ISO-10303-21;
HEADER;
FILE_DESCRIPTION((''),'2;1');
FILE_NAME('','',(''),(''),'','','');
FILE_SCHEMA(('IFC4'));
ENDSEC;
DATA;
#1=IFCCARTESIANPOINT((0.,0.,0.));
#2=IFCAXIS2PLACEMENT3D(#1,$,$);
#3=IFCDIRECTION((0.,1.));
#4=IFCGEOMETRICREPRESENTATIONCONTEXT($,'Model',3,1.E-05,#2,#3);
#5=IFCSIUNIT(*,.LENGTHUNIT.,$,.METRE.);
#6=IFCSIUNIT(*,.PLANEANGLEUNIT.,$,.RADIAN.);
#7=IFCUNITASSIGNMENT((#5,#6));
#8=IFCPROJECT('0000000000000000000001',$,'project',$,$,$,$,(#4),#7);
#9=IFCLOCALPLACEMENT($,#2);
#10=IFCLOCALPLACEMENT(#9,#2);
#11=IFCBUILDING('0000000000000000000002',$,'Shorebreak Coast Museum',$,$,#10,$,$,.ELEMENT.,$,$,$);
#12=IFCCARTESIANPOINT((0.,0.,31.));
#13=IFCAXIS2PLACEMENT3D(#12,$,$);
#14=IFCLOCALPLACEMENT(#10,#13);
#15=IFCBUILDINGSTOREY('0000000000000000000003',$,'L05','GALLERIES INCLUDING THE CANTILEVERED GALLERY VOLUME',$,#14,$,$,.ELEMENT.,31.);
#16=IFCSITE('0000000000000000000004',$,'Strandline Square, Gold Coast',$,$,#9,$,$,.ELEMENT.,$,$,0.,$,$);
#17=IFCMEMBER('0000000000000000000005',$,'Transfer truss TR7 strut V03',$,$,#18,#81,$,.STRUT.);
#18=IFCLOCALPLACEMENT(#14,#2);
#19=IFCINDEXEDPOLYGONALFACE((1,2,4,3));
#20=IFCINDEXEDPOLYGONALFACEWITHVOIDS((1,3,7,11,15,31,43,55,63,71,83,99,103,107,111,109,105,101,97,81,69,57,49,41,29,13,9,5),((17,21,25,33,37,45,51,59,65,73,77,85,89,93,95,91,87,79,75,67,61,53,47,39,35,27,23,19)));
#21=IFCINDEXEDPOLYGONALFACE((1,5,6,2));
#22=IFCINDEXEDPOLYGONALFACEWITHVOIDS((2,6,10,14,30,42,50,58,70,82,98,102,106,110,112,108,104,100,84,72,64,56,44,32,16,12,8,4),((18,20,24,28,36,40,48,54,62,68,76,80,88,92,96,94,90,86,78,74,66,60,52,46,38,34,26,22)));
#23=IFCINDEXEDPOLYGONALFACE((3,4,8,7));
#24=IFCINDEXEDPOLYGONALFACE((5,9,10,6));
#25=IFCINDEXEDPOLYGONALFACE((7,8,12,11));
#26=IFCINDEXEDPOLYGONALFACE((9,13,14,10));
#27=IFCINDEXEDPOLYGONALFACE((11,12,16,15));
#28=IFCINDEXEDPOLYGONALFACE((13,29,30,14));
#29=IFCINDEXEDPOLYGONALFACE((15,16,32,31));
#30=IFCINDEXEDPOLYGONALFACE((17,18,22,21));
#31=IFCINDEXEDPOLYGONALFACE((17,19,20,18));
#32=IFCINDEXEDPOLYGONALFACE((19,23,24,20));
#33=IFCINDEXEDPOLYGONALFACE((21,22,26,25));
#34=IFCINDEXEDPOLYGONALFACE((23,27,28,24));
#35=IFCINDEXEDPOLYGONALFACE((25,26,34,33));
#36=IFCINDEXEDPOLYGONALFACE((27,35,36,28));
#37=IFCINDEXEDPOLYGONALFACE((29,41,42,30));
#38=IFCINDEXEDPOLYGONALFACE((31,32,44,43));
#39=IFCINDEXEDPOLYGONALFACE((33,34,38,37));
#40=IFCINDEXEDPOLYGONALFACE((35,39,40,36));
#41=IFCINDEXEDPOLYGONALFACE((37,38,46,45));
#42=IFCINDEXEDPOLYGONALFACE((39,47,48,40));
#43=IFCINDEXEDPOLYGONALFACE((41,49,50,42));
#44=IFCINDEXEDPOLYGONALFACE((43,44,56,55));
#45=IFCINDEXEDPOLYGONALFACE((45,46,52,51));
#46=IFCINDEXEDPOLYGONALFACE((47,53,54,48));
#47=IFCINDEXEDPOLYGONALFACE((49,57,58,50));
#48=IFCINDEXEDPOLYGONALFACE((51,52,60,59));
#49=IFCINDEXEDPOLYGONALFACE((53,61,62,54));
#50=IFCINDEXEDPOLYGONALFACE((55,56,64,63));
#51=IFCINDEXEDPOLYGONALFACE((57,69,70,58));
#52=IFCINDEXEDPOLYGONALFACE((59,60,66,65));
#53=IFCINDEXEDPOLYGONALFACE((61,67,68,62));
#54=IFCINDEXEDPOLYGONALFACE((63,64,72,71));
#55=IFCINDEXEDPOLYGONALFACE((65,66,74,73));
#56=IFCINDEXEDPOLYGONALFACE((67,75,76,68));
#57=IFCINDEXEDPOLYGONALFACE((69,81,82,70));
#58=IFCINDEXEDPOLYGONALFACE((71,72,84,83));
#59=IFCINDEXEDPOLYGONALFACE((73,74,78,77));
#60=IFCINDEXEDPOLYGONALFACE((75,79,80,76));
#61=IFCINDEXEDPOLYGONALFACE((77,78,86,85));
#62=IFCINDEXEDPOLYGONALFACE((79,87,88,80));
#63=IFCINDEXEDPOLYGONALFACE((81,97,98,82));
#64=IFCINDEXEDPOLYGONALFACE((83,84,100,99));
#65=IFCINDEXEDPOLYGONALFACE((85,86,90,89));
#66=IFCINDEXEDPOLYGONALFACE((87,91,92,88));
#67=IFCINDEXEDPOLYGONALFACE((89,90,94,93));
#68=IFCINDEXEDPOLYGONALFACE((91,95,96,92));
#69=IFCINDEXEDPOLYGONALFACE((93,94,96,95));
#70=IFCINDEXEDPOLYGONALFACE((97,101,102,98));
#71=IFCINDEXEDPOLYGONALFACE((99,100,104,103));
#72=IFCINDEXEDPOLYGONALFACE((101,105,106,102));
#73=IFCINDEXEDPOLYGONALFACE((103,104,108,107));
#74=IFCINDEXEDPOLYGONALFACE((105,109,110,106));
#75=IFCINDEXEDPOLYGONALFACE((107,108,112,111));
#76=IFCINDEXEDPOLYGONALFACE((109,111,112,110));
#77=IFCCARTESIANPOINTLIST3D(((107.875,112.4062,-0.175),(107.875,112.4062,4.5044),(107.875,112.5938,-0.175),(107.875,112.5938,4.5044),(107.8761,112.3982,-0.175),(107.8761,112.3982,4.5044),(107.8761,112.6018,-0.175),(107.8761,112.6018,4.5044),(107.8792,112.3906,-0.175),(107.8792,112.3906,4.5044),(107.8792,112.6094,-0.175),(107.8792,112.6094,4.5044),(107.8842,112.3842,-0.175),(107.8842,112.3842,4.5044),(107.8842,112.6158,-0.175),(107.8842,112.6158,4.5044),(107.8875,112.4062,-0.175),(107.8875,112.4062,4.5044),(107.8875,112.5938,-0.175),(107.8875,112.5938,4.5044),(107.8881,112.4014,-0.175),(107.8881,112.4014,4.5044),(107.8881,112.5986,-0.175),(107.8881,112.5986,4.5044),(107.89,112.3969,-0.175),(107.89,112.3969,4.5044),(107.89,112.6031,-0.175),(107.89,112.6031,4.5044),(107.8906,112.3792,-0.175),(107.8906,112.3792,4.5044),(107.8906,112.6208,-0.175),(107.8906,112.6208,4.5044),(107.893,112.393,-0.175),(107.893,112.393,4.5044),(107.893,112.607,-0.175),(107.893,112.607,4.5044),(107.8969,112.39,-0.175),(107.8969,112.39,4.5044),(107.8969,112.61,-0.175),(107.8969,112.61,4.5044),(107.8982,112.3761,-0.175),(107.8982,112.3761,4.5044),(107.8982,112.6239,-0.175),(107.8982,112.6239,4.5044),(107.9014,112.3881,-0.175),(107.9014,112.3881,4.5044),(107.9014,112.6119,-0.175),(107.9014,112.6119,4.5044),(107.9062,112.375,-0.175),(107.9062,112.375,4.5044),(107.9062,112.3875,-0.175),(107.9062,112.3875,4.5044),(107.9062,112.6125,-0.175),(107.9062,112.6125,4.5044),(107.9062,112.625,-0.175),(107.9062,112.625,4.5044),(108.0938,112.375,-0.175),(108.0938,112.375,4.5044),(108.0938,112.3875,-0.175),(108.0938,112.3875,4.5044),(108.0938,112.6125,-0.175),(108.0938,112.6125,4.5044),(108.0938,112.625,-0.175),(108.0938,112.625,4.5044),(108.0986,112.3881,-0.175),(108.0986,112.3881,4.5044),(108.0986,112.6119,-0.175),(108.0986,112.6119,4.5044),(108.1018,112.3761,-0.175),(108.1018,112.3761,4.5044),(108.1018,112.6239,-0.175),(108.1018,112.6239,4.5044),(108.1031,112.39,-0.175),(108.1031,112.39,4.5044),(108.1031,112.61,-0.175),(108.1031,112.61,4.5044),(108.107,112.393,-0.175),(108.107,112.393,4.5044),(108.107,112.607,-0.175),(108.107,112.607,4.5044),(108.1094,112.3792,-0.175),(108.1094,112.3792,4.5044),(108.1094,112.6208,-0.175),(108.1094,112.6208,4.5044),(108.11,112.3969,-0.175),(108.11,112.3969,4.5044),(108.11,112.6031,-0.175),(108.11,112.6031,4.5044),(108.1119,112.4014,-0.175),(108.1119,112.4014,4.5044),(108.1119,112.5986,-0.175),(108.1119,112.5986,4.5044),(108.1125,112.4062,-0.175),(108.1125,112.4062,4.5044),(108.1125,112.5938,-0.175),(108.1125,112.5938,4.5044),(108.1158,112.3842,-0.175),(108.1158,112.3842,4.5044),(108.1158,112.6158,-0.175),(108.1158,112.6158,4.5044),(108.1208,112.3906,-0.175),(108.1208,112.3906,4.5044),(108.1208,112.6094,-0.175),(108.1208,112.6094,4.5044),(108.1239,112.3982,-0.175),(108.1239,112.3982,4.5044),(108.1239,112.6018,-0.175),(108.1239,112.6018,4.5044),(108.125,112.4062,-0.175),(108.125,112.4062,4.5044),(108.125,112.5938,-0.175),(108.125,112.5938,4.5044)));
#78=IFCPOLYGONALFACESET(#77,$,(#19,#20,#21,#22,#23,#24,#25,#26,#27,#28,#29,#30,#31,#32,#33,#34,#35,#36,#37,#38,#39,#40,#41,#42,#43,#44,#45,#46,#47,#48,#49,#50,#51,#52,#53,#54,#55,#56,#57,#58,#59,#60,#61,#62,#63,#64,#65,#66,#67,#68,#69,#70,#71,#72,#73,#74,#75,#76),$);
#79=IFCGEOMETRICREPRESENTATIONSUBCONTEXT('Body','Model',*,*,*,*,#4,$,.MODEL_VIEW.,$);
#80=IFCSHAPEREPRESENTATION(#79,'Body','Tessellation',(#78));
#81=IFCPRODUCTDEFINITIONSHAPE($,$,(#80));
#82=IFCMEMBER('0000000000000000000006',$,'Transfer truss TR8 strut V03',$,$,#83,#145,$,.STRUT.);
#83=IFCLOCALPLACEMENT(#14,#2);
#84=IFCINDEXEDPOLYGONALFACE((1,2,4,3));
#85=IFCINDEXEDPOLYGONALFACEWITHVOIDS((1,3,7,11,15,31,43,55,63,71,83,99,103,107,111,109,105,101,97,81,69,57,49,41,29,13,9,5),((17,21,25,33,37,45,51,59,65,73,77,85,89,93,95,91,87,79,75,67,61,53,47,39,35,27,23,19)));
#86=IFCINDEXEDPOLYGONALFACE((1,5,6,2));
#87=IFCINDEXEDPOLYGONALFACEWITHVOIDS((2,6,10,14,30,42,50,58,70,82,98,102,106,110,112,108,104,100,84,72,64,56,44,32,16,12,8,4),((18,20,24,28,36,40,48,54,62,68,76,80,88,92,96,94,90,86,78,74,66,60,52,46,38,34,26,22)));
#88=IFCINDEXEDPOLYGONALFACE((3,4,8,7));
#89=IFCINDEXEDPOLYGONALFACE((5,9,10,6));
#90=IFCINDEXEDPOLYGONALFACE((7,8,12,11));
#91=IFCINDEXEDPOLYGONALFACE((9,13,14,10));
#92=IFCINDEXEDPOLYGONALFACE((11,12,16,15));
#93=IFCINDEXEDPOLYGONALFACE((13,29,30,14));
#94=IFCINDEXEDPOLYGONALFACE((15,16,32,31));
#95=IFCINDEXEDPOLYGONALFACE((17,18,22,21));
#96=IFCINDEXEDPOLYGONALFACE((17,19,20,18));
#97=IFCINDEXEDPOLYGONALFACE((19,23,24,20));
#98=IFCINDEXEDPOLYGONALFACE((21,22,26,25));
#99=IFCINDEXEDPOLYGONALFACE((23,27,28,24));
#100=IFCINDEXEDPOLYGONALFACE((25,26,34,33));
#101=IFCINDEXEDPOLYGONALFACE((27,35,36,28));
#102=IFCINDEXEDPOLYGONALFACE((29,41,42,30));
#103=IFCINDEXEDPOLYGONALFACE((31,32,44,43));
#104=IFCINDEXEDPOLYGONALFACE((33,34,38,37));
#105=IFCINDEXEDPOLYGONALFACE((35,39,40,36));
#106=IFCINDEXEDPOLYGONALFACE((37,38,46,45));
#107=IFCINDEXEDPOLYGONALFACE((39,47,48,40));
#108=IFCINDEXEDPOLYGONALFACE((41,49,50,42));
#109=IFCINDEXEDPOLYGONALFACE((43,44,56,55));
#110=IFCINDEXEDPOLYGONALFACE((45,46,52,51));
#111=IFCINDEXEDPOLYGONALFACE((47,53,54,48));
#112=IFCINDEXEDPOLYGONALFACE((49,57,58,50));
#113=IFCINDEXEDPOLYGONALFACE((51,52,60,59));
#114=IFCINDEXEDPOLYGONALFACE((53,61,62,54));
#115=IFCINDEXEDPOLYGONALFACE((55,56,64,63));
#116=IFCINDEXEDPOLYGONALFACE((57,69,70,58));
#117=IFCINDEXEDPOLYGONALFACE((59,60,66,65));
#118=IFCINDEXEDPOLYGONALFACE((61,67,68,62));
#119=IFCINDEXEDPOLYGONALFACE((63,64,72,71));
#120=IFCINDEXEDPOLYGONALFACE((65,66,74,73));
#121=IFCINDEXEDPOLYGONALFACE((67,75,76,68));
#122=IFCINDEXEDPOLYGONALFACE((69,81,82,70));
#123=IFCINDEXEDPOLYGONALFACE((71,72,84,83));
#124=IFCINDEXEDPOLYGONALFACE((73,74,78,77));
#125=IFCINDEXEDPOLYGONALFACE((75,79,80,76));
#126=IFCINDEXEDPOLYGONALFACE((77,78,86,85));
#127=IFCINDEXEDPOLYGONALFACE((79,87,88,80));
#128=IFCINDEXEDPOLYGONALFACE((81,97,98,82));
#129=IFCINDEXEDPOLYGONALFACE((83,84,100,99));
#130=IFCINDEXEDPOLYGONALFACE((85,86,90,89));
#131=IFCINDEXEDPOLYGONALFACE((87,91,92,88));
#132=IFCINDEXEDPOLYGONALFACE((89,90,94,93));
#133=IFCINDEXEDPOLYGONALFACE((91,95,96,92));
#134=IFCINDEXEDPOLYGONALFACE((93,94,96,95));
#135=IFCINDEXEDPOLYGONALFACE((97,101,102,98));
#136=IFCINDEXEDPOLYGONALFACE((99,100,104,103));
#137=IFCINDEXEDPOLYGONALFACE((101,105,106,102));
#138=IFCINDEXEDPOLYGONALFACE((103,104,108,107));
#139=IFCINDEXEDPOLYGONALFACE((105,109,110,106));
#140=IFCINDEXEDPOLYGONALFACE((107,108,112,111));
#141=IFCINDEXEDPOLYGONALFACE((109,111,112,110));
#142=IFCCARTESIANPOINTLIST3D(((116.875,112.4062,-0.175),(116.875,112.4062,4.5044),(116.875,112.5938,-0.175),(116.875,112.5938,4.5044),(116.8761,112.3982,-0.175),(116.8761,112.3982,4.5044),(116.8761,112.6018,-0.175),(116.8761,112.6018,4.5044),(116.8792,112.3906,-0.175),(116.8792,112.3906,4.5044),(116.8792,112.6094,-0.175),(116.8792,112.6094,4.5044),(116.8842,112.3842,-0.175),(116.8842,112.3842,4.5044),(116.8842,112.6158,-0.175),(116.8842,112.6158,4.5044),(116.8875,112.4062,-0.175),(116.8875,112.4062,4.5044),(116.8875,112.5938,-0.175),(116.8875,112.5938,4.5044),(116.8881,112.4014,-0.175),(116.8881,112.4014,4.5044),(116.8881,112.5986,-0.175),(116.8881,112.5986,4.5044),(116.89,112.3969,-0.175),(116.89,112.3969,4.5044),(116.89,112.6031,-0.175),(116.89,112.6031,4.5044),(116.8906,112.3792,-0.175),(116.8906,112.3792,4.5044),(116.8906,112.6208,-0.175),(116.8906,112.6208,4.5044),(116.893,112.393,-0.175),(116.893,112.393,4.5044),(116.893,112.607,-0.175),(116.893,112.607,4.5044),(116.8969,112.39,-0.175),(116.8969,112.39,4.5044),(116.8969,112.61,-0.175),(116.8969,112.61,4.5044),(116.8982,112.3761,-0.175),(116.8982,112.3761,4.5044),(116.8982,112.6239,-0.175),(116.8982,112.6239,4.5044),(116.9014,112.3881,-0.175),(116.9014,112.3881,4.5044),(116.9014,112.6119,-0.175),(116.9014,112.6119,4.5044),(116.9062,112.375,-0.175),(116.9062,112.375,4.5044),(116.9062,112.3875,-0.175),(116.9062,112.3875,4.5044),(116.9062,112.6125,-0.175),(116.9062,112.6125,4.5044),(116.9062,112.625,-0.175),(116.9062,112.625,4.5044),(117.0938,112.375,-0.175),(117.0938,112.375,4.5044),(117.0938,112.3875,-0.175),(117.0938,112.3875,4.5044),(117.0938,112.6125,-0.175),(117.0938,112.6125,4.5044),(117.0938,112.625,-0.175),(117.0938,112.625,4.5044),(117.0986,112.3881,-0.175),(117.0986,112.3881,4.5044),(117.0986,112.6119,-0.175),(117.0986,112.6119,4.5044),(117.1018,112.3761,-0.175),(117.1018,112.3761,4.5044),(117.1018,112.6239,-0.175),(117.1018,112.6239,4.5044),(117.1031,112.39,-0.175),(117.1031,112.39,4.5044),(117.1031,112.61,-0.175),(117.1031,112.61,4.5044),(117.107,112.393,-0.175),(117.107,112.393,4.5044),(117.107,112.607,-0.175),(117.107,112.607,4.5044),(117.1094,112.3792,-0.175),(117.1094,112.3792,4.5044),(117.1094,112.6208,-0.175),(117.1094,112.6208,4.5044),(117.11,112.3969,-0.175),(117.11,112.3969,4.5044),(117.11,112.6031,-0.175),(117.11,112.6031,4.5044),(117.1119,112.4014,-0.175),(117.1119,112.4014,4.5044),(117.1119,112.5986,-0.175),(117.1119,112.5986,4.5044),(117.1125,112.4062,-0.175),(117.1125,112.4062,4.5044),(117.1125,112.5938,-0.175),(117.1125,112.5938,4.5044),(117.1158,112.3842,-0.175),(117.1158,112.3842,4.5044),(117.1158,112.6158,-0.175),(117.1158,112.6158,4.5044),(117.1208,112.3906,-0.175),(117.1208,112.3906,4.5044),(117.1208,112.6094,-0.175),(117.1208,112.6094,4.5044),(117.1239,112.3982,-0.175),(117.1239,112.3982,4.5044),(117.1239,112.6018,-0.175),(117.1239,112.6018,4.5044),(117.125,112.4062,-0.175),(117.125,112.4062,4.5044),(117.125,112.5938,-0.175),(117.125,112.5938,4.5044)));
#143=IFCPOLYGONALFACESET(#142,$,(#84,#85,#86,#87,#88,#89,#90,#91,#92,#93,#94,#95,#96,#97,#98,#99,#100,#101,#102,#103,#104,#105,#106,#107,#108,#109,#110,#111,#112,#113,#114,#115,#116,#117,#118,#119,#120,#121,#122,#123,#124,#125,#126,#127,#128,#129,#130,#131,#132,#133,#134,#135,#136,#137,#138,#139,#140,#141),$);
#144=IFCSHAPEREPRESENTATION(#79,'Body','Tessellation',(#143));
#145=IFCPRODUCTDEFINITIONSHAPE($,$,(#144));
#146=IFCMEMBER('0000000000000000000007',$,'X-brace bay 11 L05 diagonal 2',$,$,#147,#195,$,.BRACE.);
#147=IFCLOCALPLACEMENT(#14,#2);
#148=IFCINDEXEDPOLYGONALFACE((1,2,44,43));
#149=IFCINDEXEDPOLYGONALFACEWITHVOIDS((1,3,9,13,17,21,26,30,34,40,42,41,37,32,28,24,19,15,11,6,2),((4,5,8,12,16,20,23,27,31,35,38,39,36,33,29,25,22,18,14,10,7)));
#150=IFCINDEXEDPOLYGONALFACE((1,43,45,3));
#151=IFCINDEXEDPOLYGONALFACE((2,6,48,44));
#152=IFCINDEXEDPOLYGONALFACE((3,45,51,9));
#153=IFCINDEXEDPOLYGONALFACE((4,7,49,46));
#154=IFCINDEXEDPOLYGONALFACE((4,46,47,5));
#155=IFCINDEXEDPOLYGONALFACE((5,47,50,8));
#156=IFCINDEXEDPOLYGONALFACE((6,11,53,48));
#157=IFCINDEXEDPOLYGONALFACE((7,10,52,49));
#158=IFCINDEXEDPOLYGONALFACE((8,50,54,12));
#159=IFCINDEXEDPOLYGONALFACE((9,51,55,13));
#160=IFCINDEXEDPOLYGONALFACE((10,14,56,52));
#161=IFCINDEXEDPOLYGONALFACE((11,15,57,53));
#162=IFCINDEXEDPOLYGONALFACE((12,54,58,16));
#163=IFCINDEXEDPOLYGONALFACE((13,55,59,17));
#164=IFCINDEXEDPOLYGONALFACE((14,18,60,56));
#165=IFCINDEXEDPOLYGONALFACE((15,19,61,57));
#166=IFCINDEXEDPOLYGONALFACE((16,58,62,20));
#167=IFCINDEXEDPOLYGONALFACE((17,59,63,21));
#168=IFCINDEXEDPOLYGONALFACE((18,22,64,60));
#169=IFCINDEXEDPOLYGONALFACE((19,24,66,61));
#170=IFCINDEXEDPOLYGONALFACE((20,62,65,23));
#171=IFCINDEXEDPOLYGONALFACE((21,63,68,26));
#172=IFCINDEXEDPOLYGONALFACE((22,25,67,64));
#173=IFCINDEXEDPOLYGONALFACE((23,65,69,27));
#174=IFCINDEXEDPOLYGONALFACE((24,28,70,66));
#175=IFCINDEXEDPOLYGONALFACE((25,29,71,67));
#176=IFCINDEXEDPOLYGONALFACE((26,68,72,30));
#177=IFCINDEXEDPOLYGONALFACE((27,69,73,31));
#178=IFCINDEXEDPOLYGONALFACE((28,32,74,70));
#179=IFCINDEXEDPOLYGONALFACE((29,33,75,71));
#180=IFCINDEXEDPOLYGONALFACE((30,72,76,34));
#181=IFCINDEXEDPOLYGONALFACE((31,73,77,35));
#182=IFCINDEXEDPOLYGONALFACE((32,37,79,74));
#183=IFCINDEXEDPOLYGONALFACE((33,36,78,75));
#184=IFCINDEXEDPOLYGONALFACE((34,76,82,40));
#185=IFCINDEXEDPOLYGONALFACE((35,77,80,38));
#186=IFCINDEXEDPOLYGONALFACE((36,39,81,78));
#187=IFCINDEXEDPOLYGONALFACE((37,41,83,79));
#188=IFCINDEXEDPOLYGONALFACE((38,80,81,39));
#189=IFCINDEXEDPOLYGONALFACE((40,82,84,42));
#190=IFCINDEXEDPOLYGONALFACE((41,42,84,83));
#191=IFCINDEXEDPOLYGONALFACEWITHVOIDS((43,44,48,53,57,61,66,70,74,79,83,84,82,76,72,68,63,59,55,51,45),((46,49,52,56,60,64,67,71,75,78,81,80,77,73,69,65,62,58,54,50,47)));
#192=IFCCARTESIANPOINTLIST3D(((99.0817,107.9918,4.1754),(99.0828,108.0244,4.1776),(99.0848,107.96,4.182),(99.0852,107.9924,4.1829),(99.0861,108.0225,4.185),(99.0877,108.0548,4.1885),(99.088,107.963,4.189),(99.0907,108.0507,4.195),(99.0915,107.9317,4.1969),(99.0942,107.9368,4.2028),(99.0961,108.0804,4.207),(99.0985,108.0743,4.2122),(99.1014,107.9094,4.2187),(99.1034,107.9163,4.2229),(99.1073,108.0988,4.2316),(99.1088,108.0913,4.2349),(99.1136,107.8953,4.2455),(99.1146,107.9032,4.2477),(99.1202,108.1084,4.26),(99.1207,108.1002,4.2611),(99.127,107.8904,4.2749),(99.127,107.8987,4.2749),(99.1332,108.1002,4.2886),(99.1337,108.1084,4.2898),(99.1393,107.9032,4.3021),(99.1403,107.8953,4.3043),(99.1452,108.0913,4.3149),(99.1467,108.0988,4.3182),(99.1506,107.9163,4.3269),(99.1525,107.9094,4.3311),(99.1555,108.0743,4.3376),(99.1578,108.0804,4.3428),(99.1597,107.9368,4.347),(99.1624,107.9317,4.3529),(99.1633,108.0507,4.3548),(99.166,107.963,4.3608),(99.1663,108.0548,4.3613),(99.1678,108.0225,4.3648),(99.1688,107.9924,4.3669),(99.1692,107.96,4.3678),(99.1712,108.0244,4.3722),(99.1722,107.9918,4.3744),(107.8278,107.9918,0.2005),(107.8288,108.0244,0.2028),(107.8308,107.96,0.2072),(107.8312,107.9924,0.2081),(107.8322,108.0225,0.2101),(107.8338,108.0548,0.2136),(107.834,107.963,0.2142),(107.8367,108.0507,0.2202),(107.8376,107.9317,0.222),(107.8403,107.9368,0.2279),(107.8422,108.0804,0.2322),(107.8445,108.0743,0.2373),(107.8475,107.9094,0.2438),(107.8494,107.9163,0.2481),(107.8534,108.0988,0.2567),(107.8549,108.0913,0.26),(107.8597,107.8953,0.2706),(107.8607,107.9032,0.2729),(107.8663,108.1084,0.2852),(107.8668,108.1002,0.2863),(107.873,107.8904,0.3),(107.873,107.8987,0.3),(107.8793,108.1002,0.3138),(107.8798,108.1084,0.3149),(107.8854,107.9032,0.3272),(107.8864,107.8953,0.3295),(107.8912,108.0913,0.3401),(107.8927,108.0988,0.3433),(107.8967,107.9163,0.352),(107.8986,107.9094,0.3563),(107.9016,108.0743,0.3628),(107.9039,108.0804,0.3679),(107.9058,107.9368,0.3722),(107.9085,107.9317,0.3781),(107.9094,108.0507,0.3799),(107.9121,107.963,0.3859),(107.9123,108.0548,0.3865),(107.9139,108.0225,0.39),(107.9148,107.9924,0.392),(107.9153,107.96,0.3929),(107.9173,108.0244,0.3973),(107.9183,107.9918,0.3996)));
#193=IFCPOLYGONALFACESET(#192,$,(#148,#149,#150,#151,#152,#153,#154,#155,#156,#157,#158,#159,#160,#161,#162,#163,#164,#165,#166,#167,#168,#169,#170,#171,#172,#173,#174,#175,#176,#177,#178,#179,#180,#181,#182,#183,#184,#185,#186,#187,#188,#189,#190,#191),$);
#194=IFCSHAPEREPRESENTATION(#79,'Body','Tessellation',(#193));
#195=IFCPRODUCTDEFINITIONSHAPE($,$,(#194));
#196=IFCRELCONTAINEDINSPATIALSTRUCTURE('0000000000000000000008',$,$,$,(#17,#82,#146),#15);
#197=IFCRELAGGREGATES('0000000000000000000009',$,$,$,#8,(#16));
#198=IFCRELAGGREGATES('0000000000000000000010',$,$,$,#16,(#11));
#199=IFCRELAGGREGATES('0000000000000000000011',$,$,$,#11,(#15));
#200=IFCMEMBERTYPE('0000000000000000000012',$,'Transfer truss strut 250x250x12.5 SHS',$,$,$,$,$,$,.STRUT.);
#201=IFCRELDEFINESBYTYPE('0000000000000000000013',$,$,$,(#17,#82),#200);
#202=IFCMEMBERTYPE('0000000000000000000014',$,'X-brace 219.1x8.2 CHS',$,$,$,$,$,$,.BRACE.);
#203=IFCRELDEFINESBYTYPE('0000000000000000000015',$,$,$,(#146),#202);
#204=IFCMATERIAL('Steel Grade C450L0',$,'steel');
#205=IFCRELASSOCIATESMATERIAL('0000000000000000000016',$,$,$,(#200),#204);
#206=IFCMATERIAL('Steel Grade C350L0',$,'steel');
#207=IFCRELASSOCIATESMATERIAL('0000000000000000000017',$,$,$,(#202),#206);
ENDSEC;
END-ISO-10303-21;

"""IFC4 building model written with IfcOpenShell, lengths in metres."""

from ifc_helpers import new_model, si_unit, direction, frame, origin, origin_2d, place, context, subcontext, project, spatial, hollow_rectangle, hollow_circle, extrude, material, material_profile, profile_set, type_object, element, save


model = new_model("IFC4")

# Units and contexts
model_context = context("Model", 3, precision=1e-05, world=origin(), true_north=direction((0.0, 1.0)))
body_context = subcontext(model_context, "Body", "Model", "MODEL_VIEW")
ifc_project = project(units=[si_unit("LENGTHUNIT", "METRE"), si_unit("PLANEANGLEUNIT", "RADIAN")], contexts=[model_context])

# Site, building, storey
site_placement = place(None, origin())
site = spatial("IfcSite", under=ifc_project, at=site_placement, Name="Strandline Square, Gold Coast", CompositionType="ELEMENT", RefElevation=0.0)
building_placement = place(site_placement, origin())
building = spatial("IfcBuilding", under=site, at=building_placement, Name="Shorebreak Coast Museum", CompositionType="ELEMENT")
storey_placement = place(building_placement, frame((0.0, 0.0, 31.0)))
storey = spatial("IfcBuildingStorey", under=building, at=storey_placement, Name="L05", Description="GALLERIES INCLUDING THE CANTILEVERED GALLERY VOLUME", CompositionType="ELEMENT", Elevation=31.0)

# Members
ifc_material_1 = material(Name="Steel Grade C450L0", Category="steel")
ifc_material_profile_1 = material_profile(ifc_material_1, hollow_rectangle(XDim=0.25, YDim=0.25, WallThickness=0.0125, InnerFilletRadius=0.0188, OuterFilletRadius=0.0312, at=origin_2d()), Name="250x250x12.5 SHS")
ifc_profile_set_1 = profile_set([ifc_material_profile_1], Name="Steel Grade C450L0")
member_type_1 = type_object("IfcMemberType", Name="Transfer truss strut 250x250x12.5 SHS", PredefinedType="STRUT", material=ifc_profile_set_1)
for number, where, z_axis, x_axis, name in (
    (1, (108.0, 112.5, -0.175), (0.0, 0.0, 1.0), (1.0, 0.0, 0.0), "Transfer truss TR7 strut V03"),
    (2, (117.0, 112.5, -0.175), (0.0, 0.0, 1.0), (1.0, 0.0, 0.0), "Transfer truss TR8 strut V03"),
):
    element("IfcMember", number, at=place(storey_placement, frame(where, z_axis=z_axis, x_axis=x_axis)), inside=storey, type_object=member_type_1, Name=name, PredefinedType="STRUT", context=body_context, shape_type="SweptSolid", body=[
        extrude(hollow_rectangle(XDim=0.25, YDim=0.25, WallThickness=0.0125, InnerFilletRadius=0.0188, OuterFilletRadius=0.0312, at=origin_2d()), origin(), (0.0, 0.0, 1.0), 4.6794),
    ])
ifc_material_2 = material(Name="Steel Grade C350L0", Category="steel")
ifc_material_profile_2 = material_profile(ifc_material_2, hollow_circle(Radius=0.1096, WallThickness=0.0083, at=origin_2d()), Name="219.1x8.2 CHS")
ifc_profile_set_2 = profile_set([ifc_material_profile_2], Name="Steel Grade C350L0")
member_type_2 = type_object("IfcMemberType", Name="X-brace 219.1x8.2 CHS", PredefinedType="BRACE", material=ifc_profile_set_2)
member_1_placement = place(storey_placement, frame((107.873, 108.0, 0.3), z_axis=(-0.910392, 0.0, 0.413747), x_axis=(0.0, -1.0, 0.0)))
element("IfcMember", 3, at=member_1_placement, inside=storey, type_object=member_type_2, Name="X-brace bay 11 L05 diagonal 2", PredefinedType="BRACE", context=body_context, shape_type="SweptSolid", body=[
    extrude(hollow_circle(Radius=0.1096, WallThickness=0.0083, at=origin_2d()), origin(), (0.0, 0.0, 1.0), 9.6069),
])

save(model, "model.ifc")
